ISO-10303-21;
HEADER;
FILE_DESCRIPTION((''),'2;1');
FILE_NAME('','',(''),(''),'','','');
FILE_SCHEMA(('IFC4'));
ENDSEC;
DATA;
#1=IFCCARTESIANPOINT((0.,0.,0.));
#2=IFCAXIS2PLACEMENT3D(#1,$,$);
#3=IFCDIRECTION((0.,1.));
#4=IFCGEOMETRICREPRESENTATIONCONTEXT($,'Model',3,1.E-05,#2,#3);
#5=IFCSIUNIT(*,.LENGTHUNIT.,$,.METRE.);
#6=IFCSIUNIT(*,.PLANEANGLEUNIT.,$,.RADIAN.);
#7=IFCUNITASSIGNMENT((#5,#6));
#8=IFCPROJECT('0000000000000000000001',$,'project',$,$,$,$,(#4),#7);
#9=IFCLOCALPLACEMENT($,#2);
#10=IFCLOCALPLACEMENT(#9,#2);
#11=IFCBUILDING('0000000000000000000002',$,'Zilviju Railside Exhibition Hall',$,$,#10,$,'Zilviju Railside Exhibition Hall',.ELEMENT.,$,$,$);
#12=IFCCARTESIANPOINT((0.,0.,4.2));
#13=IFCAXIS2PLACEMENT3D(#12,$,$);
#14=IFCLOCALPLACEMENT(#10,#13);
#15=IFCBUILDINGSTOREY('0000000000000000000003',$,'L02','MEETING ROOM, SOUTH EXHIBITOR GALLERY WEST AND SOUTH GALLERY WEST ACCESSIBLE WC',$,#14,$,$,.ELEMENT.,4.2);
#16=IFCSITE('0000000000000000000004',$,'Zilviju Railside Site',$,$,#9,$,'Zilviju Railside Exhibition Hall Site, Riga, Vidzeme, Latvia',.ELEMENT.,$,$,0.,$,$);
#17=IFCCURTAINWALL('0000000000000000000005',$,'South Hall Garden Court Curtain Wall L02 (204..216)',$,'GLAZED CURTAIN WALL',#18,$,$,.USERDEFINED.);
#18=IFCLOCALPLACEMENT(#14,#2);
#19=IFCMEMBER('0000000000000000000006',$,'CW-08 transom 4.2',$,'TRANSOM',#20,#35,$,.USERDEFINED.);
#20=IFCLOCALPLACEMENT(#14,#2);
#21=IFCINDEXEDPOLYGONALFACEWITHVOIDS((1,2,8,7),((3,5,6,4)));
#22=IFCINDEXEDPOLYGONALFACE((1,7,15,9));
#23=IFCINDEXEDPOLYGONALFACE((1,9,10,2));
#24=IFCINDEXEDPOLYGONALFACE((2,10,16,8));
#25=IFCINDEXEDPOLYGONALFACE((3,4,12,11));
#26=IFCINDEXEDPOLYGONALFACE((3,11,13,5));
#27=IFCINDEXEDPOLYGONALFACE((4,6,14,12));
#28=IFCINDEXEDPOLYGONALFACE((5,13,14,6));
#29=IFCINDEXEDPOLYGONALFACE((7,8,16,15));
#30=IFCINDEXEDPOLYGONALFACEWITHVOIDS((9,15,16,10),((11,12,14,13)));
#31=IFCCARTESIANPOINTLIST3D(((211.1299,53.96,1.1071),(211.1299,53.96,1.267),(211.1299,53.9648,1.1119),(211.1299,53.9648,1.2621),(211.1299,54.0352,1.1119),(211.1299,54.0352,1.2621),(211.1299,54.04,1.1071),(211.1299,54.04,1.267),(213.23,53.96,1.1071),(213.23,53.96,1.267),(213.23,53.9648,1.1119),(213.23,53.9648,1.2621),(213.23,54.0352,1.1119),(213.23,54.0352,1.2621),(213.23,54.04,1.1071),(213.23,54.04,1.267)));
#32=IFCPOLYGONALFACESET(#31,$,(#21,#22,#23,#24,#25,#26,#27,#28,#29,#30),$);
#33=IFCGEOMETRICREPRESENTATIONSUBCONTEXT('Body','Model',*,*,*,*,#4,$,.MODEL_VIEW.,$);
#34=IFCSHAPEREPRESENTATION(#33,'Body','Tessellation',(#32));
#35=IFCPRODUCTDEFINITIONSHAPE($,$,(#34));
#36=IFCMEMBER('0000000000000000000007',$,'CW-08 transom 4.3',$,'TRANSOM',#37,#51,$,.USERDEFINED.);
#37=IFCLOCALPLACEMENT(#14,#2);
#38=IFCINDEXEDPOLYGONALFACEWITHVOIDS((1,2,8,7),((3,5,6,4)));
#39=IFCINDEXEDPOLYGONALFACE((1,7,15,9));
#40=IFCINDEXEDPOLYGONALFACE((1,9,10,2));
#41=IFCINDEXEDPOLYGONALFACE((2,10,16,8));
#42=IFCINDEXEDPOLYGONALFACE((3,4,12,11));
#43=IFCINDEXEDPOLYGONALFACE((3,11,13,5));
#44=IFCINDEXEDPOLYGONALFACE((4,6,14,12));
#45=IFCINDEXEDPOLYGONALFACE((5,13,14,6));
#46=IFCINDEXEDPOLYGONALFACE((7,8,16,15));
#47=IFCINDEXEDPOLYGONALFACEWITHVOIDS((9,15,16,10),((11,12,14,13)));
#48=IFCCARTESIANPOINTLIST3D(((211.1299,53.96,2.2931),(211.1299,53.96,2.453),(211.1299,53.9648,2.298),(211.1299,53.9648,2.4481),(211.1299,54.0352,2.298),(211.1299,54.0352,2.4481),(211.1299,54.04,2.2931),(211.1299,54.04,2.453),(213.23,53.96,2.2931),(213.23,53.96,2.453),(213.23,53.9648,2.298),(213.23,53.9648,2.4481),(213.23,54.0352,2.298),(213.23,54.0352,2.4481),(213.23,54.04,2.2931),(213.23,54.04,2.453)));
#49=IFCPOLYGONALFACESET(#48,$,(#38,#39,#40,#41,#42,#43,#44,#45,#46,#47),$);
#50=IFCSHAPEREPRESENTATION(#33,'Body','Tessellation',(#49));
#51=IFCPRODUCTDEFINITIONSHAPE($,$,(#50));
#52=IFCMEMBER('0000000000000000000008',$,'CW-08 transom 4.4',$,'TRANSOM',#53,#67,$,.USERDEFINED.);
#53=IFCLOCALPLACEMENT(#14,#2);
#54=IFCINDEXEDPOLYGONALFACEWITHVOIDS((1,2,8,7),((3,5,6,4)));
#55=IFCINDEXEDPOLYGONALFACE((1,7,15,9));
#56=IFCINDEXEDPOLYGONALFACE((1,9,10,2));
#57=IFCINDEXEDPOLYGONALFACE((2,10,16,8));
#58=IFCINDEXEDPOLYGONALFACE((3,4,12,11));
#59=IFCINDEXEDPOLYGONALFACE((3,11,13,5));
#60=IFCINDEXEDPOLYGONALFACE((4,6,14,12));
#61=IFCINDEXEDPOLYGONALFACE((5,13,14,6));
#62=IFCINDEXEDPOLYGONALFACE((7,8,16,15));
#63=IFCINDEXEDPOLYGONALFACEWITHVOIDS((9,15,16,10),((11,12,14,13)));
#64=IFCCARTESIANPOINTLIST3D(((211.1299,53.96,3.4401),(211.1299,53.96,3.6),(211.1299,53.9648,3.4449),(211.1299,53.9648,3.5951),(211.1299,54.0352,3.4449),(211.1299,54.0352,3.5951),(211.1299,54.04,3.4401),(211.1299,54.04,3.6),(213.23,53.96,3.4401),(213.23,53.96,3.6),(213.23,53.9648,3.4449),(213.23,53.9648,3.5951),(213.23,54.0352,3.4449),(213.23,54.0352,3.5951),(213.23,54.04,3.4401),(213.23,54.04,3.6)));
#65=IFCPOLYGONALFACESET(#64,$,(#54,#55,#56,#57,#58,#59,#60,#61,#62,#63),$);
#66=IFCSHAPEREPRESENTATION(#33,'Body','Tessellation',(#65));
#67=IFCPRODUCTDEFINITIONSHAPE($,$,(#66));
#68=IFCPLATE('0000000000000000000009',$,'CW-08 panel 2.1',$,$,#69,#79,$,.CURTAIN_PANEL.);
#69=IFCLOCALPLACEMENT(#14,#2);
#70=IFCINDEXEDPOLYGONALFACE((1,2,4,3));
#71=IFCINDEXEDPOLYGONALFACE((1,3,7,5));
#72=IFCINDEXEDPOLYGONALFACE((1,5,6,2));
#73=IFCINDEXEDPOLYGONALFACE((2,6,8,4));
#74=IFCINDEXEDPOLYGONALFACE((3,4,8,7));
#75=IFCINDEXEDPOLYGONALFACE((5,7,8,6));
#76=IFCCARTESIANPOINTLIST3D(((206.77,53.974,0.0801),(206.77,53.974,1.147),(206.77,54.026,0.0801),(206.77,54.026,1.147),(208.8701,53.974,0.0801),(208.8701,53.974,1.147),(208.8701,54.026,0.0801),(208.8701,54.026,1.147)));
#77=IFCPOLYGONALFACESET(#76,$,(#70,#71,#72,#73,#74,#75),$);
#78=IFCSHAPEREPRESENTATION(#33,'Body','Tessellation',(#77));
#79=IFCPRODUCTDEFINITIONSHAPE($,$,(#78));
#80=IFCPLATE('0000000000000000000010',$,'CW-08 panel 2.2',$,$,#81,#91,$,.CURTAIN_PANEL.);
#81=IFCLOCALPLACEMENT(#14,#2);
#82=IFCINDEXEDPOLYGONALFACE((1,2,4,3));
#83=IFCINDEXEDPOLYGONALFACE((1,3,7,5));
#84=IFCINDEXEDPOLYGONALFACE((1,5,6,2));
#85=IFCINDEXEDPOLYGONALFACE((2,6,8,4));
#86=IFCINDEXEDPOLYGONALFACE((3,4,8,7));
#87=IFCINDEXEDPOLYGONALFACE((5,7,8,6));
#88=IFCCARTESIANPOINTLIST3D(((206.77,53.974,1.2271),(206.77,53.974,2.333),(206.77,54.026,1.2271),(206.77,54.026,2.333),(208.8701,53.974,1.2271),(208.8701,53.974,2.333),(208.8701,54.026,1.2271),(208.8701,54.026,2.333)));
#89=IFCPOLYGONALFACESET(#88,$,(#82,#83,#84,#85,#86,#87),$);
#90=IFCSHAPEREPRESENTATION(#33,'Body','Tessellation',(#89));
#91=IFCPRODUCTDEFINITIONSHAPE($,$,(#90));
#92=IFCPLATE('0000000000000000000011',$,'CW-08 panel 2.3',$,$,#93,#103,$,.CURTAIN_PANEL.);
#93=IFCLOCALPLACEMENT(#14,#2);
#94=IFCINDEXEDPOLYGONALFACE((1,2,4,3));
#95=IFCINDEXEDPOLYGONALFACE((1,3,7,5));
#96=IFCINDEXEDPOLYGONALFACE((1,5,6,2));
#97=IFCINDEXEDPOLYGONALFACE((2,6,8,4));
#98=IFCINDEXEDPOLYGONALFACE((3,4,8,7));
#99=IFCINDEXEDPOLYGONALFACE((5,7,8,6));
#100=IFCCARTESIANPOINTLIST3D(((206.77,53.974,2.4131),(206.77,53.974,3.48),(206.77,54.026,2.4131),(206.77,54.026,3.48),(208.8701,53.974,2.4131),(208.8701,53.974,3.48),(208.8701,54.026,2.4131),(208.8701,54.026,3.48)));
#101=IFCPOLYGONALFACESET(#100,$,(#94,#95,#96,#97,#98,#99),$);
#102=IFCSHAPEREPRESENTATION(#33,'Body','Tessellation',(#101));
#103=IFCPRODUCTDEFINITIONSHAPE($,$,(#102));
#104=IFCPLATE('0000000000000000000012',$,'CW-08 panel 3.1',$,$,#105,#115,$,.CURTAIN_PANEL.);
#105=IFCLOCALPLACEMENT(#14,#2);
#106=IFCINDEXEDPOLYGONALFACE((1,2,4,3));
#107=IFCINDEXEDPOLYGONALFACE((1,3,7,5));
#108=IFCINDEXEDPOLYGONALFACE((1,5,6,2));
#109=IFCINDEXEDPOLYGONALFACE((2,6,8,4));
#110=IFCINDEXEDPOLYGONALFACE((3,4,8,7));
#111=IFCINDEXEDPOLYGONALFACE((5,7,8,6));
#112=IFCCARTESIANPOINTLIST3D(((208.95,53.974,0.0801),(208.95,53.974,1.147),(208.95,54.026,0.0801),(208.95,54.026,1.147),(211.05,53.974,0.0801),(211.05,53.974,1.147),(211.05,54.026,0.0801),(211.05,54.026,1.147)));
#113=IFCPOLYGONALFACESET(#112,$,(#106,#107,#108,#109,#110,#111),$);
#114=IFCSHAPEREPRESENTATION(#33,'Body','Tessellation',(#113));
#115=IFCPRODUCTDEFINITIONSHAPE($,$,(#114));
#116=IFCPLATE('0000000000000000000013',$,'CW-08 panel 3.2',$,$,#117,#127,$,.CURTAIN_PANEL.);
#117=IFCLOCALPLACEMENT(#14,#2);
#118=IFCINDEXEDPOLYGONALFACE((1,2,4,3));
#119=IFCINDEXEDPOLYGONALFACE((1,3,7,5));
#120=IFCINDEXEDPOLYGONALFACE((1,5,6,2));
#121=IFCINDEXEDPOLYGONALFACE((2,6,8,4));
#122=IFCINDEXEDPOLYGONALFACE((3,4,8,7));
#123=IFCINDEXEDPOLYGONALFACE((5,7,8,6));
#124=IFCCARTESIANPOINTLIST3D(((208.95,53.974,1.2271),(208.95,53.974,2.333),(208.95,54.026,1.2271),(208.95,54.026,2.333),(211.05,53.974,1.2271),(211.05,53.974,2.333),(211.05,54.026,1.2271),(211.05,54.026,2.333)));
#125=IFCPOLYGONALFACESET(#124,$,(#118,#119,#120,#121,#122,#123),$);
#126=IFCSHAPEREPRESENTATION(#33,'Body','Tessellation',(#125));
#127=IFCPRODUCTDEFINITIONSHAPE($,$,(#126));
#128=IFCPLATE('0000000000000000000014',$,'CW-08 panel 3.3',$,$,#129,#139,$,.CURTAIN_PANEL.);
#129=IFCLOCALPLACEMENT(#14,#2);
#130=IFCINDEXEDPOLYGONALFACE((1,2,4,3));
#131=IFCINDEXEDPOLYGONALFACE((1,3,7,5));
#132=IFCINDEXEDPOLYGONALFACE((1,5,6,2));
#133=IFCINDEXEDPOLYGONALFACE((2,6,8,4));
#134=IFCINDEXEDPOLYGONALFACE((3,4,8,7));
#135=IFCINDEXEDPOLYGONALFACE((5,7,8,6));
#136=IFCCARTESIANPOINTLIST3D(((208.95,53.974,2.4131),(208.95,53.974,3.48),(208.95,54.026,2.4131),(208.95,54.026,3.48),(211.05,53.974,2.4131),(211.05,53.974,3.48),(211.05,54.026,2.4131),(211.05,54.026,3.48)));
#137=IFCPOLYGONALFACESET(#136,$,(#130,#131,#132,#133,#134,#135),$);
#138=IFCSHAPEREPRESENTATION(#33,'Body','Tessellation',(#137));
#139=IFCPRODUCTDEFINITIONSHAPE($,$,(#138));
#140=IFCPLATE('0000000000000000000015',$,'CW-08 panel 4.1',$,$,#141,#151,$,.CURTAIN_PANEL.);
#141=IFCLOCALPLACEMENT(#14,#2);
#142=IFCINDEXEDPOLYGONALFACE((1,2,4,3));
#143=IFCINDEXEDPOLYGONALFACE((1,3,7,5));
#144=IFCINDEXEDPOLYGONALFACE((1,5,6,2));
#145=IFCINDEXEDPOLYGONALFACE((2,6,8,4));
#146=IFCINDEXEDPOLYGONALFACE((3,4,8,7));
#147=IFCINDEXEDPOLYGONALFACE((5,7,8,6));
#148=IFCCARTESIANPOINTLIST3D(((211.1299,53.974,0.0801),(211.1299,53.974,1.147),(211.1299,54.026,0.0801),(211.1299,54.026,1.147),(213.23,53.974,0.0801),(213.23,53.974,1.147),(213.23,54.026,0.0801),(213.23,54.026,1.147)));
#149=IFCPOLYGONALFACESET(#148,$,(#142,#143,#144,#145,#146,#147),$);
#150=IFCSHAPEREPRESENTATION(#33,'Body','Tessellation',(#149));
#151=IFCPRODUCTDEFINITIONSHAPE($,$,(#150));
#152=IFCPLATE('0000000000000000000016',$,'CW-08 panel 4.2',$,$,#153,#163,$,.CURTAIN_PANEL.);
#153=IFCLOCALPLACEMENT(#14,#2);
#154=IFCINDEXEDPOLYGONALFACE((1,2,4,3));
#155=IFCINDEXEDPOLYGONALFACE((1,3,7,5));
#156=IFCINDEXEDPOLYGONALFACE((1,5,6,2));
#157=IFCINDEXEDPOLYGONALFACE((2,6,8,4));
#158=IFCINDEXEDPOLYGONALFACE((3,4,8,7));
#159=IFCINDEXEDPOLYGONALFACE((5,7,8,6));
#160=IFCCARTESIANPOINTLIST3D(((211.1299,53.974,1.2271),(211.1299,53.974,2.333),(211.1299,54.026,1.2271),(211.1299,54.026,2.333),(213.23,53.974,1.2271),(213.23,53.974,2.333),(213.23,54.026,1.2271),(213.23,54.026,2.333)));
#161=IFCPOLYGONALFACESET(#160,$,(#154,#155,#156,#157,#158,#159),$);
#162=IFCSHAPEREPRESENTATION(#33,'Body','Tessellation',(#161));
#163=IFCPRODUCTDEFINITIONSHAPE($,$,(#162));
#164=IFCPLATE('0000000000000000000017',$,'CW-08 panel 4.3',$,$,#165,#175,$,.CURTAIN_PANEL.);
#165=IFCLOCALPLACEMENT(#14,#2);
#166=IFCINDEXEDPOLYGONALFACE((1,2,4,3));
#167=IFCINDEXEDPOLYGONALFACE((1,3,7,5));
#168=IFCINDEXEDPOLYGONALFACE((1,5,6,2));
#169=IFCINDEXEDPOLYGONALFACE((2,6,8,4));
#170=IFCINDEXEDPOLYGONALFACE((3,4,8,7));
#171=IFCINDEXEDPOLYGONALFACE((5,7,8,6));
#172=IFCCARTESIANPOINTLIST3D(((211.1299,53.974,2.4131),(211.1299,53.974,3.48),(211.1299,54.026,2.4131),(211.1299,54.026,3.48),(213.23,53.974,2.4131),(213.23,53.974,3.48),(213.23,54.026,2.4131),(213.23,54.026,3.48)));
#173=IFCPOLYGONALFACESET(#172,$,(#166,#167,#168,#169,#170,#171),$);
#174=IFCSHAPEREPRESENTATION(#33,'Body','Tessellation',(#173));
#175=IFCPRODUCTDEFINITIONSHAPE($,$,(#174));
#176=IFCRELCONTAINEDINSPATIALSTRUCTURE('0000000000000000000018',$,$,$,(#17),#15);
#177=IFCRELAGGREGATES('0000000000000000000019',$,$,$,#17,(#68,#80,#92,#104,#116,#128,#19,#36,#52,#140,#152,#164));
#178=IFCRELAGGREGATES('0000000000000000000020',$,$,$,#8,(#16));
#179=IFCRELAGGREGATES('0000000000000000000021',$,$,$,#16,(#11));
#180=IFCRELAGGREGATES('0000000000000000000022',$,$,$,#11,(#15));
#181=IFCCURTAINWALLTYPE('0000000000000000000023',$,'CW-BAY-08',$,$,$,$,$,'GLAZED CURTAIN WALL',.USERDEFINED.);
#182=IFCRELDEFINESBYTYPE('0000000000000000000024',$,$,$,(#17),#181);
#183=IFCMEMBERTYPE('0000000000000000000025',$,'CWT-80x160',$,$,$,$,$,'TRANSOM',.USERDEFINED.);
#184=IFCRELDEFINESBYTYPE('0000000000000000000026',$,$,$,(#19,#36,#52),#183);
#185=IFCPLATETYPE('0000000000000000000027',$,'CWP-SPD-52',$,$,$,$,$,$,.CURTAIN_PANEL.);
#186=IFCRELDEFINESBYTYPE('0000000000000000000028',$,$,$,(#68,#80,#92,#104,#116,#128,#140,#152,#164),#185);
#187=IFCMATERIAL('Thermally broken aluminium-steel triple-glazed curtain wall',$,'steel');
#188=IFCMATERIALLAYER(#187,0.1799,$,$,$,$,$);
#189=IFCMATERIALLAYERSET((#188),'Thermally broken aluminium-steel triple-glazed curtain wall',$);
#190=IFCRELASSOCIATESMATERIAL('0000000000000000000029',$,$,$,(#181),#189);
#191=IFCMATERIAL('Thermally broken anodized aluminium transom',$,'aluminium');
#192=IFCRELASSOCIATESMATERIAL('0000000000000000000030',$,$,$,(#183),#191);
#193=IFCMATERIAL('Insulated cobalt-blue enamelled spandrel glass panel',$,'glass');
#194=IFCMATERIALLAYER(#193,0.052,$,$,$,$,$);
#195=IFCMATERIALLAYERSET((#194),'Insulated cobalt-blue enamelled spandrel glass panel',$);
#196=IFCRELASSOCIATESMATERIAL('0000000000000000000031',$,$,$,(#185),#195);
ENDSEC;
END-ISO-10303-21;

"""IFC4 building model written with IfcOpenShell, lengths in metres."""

from ifc_helpers import new_model, si_unit, direction, frame, origin, origin_2d, place, context, subcontext, project, spatial, rectangle, hollow_rectangle, extrude, material, layer, layer_set, material_profile, profile_set, type_object, element, aggregate, save


model = new_model("IFC4")

# Units and contexts
model_context = context("Model", 3, precision=1e-05, world=origin(), true_north=direction((0.0, 1.0)))
body_context = subcontext(model_context, "Body", "Model", "MODEL_VIEW")
ifc_project = project(units=[si_unit("LENGTHUNIT", "METRE"), si_unit("PLANEANGLEUNIT", "RADIAN")], contexts=[model_context])

# Site, building, storey
site_placement = place(None, origin())
site = spatial("IfcSite", under=ifc_project, at=site_placement, Name="Zilviju Railside Site", LongName="Zilviju Railside Exhibition Hall Site, Riga, Vidzeme, Latvia", CompositionType="ELEMENT", RefElevation=0.0)
building_placement = place(site_placement, origin())
building = spatial("IfcBuilding", under=site, at=building_placement, Name="Zilviju Railside Exhibition Hall", LongName="Zilviju Railside Exhibition Hall", CompositionType="ELEMENT")
storey_placement = place(building_placement, frame((0.0, 0.0, 4.2)))
storey = spatial("IfcBuildingStorey", under=building, at=storey_placement, Name="L02", Description="MEETING ROOM, SOUTH EXHIBITOR GALLERY WEST AND SOUTH GALLERY WEST ACCESSIBLE WC", CompositionType="ELEMENT", Elevation=4.2)

# Curtain wall, members, plates
ifc_material_1 = material(Name="Thermally broken aluminium-steel triple-glazed curtain wall", Category="steel")
ifc_layer_1 = layer(ifc_material_1, 0.1799)
ifc_layer_set_1 = layer_set([ifc_layer_1], Name="Thermally broken aluminium-steel triple-glazed curtain wall")
curtain_wall_type = type_object("IfcCurtainWallType", Name="CW-BAY-08", ElementType="GLAZED CURTAIN WALL", PredefinedType="USERDEFINED", material=ifc_layer_set_1)
curtain_wall_placement = place(storey_placement, origin())
curtain_wall = element("IfcCurtainWall", 1, at=curtain_wall_placement, inside=storey, type_object=curtain_wall_type, Name="South Hall Garden Court Curtain Wall L02 (204..216)", ObjectType="GLAZED CURTAIN WALL", PredefinedType="USERDEFINED")
ifc_material_2 = material(Name="Thermally broken anodized aluminium transom", Category="aluminium")
ifc_material_profile_1 = material_profile(ifc_material_2, hollow_rectangle(XDim=0.0801, YDim=0.1599, WallThickness=0.0049, at=origin_2d()), Name="TRANSOM 160x80x5")
ifc_profile_set_1 = profile_set([ifc_material_profile_1], Name="Thermally broken anodized aluminium transom")
member_type_1 = type_object("IfcMemberType", Name="CWT-80x160", ElementType="TRANSOM", PredefinedType="USERDEFINED", material=ifc_profile_set_1)
member_1_placement = place(storey_placement, frame((211.1299, 54.0, 1.187), z_axis=(1.0, 0.0, 0.0), x_axis=(0.0, 1.0, 0.0)))
member_1 = element("IfcMember", 2, at=member_1_placement, type_object=member_type_1, Name="CW-08 transom 4.2", ObjectType="TRANSOM", PredefinedType="USERDEFINED", context=body_context, shape_type="SweptSolid", body=[
    extrude(hollow_rectangle(XDim=0.0801, YDim=0.1599, WallThickness=0.0049, at=origin_2d()), origin(), (0.0, 0.0, 1.0), 2.1001),
])
member_2_placement = place(storey_placement, frame((211.1299, 54.0, 2.373), z_axis=(1.0, 0.0, 0.0), x_axis=(0.0, 1.0, 0.0)))
member_2 = element("IfcMember", 3, at=member_2_placement, type_object=member_type_1, Name="CW-08 transom 4.3", ObjectType="TRANSOM", PredefinedType="USERDEFINED", context=body_context, shape_type="SweptSolid", body=[
    extrude(hollow_rectangle(XDim=0.0801, YDim=0.1599, WallThickness=0.0049, at=origin_2d()), origin(), (0.0, 0.0, 1.0), 2.1001),
])
member_3_placement = place(storey_placement, frame((211.1299, 54.0, 3.52), z_axis=(1.0, 0.0, 0.0), x_axis=(0.0, 1.0, 0.0)))
member_3 = element("IfcMember", 4, at=member_3_placement, type_object=member_type_1, Name="CW-08 transom 4.4", ObjectType="TRANSOM", PredefinedType="USERDEFINED", context=body_context, shape_type="SweptSolid", body=[
    extrude(hollow_rectangle(XDim=0.0801, YDim=0.1599, WallThickness=0.0049, at=origin_2d()), origin(), (0.0, 0.0, 1.0), 2.1001),
])
ifc_material_3 = material(Name="Insulated cobalt-blue enamelled spandrel glass panel", Category="glass")
ifc_layer_2 = layer(ifc_material_3, 0.052)
ifc_layer_set_2 = layer_set([ifc_layer_2], Name="Insulated cobalt-blue enamelled spandrel glass panel")
plate_type = type_object("IfcPlateType", Name="CWP-SPD-52", PredefinedType="CURTAIN_PANEL", material=ifc_layer_set_2)
plate_1_placement = place(storey_placement, frame((207.8201, 54.0, 0.0801), z_axis=(0.0, 0.0, 1.0), x_axis=(1.0, 0.0, 0.0)))
plate_1 = element("IfcPlate", 5, at=plate_1_placement, type_object=plate_type, Name="CW-08 panel 2.1", PredefinedType="CURTAIN_PANEL", context=body_context, shape_type="SweptSolid", body=[
    extrude(rectangle(XDim=2.1001, YDim=0.052, at=origin_2d()), origin(), (0.0, 0.0, 1.0), 1.0669),
])
plate_2_placement = place(storey_placement, frame((207.8201, 54.0, 1.2271), z_axis=(0.0, 0.0, 1.0), x_axis=(1.0, 0.0, 0.0)))
plate_2 = element("IfcPlate", 6, at=plate_2_placement, type_object=plate_type, Name="CW-08 panel 2.2", PredefinedType="CURTAIN_PANEL", context=body_context, shape_type="SweptSolid", body=[
    extrude(rectangle(XDim=2.1001, YDim=0.052, at=origin_2d()), origin(), (0.0, 0.0, 1.0), 1.106),
])
plate_3_placement = place(storey_placement, frame((207.8201, 54.0, 2.4131), z_axis=(0.0, 0.0, 1.0), x_axis=(1.0, 0.0, 0.0)))
plate_3 = element("IfcPlate", 7, at=plate_3_placement, type_object=plate_type, Name="CW-08 panel 2.3", PredefinedType="CURTAIN_PANEL", context=body_context, shape_type="SweptSolid", body=[
    extrude(rectangle(XDim=2.1001, YDim=0.052, at=origin_2d()), origin(), (0.0, 0.0, 1.0), 1.0669),
])
plate_4_placement = place(storey_placement, frame((210.0, 54.0, 0.0801), z_axis=(0.0, 0.0, 1.0), x_axis=(1.0, 0.0, 0.0)))
plate_4 = element("IfcPlate", 8, at=plate_4_placement, type_object=plate_type, Name="CW-08 panel 3.1", PredefinedType="CURTAIN_PANEL", context=body_context, shape_type="SweptSolid", body=[
    extrude(rectangle(XDim=2.1001, YDim=0.052, at=origin_2d()), origin(), (0.0, 0.0, 1.0), 1.0669),
])
plate_5_placement = place(storey_placement, frame((210.0, 54.0, 1.2271), z_axis=(0.0, 0.0, 1.0), x_axis=(1.0, 0.0, 0.0)))
plate_5 = element("IfcPlate", 9, at=plate_5_placement, type_object=plate_type, Name="CW-08 panel 3.2", PredefinedType="CURTAIN_PANEL", context=body_context, shape_type="SweptSolid", body=[
    extrude(rectangle(XDim=2.1001, YDim=0.052, at=origin_2d()), origin(), (0.0, 0.0, 1.0), 1.106),
])
plate_6_placement = place(storey_placement, frame((210.0, 54.0, 2.4131), z_axis=(0.0, 0.0, 1.0), x_axis=(1.0, 0.0, 0.0)))
plate_6 = element("IfcPlate", 10, at=plate_6_placement, type_object=plate_type, Name="CW-08 panel 3.3", PredefinedType="CURTAIN_PANEL", context=body_context, shape_type="SweptSolid", body=[
    extrude(rectangle(XDim=2.1001, YDim=0.052, at=origin_2d()), origin(), (0.0, 0.0, 1.0), 1.0669),
])
plate_7_placement = place(storey_placement, frame((212.1799, 54.0, 0.0801), z_axis=(0.0, 0.0, 1.0), x_axis=(1.0, 0.0, 0.0)))
plate_7 = element("IfcPlate", 11, at=plate_7_placement, type_object=plate_type, Name="CW-08 panel 4.1", PredefinedType="CURTAIN_PANEL", context=body_context, shape_type="SweptSolid", body=[
    extrude(rectangle(XDim=2.1001, YDim=0.052, at=origin_2d()), origin(), (0.0, 0.0, 1.0), 1.0669),
])
plate_8_placement = place(storey_placement, frame((212.1799, 54.0, 1.2271), z_axis=(0.0, 0.0, 1.0), x_axis=(1.0, 0.0, 0.0)))
plate_8 = element("IfcPlate", 12, at=plate_8_placement, type_object=plate_type, Name="CW-08 panel 4.2", PredefinedType="CURTAIN_PANEL", context=body_context, shape_type="SweptSolid", body=[
    extrude(rectangle(XDim=2.1001, YDim=0.052, at=origin_2d()), origin(), (0.0, 0.0, 1.0), 1.106),
])
plate_9_placement = place(storey_placement, frame((212.1799, 54.0, 2.4131), z_axis=(0.0, 0.0, 1.0), x_axis=(1.0, 0.0, 0.0)))
plate_9 = element("IfcPlate", 13, at=plate_9_placement, type_object=plate_type, Name="CW-08 panel 4.3", PredefinedType="CURTAIN_PANEL", context=body_context, shape_type="SweptSolid", body=[
    extrude(rectangle(XDim=2.1001, YDim=0.052, at=origin_2d()), origin(), (0.0, 0.0, 1.0), 1.0669),
])
aggregate(curtain_wall, [plate_1, plate_2, plate_3, plate_4, plate_5, plate_6, member_1, member_2, member_3, plate_7, plate_8, plate_9])

save(model, "model.ifc")
